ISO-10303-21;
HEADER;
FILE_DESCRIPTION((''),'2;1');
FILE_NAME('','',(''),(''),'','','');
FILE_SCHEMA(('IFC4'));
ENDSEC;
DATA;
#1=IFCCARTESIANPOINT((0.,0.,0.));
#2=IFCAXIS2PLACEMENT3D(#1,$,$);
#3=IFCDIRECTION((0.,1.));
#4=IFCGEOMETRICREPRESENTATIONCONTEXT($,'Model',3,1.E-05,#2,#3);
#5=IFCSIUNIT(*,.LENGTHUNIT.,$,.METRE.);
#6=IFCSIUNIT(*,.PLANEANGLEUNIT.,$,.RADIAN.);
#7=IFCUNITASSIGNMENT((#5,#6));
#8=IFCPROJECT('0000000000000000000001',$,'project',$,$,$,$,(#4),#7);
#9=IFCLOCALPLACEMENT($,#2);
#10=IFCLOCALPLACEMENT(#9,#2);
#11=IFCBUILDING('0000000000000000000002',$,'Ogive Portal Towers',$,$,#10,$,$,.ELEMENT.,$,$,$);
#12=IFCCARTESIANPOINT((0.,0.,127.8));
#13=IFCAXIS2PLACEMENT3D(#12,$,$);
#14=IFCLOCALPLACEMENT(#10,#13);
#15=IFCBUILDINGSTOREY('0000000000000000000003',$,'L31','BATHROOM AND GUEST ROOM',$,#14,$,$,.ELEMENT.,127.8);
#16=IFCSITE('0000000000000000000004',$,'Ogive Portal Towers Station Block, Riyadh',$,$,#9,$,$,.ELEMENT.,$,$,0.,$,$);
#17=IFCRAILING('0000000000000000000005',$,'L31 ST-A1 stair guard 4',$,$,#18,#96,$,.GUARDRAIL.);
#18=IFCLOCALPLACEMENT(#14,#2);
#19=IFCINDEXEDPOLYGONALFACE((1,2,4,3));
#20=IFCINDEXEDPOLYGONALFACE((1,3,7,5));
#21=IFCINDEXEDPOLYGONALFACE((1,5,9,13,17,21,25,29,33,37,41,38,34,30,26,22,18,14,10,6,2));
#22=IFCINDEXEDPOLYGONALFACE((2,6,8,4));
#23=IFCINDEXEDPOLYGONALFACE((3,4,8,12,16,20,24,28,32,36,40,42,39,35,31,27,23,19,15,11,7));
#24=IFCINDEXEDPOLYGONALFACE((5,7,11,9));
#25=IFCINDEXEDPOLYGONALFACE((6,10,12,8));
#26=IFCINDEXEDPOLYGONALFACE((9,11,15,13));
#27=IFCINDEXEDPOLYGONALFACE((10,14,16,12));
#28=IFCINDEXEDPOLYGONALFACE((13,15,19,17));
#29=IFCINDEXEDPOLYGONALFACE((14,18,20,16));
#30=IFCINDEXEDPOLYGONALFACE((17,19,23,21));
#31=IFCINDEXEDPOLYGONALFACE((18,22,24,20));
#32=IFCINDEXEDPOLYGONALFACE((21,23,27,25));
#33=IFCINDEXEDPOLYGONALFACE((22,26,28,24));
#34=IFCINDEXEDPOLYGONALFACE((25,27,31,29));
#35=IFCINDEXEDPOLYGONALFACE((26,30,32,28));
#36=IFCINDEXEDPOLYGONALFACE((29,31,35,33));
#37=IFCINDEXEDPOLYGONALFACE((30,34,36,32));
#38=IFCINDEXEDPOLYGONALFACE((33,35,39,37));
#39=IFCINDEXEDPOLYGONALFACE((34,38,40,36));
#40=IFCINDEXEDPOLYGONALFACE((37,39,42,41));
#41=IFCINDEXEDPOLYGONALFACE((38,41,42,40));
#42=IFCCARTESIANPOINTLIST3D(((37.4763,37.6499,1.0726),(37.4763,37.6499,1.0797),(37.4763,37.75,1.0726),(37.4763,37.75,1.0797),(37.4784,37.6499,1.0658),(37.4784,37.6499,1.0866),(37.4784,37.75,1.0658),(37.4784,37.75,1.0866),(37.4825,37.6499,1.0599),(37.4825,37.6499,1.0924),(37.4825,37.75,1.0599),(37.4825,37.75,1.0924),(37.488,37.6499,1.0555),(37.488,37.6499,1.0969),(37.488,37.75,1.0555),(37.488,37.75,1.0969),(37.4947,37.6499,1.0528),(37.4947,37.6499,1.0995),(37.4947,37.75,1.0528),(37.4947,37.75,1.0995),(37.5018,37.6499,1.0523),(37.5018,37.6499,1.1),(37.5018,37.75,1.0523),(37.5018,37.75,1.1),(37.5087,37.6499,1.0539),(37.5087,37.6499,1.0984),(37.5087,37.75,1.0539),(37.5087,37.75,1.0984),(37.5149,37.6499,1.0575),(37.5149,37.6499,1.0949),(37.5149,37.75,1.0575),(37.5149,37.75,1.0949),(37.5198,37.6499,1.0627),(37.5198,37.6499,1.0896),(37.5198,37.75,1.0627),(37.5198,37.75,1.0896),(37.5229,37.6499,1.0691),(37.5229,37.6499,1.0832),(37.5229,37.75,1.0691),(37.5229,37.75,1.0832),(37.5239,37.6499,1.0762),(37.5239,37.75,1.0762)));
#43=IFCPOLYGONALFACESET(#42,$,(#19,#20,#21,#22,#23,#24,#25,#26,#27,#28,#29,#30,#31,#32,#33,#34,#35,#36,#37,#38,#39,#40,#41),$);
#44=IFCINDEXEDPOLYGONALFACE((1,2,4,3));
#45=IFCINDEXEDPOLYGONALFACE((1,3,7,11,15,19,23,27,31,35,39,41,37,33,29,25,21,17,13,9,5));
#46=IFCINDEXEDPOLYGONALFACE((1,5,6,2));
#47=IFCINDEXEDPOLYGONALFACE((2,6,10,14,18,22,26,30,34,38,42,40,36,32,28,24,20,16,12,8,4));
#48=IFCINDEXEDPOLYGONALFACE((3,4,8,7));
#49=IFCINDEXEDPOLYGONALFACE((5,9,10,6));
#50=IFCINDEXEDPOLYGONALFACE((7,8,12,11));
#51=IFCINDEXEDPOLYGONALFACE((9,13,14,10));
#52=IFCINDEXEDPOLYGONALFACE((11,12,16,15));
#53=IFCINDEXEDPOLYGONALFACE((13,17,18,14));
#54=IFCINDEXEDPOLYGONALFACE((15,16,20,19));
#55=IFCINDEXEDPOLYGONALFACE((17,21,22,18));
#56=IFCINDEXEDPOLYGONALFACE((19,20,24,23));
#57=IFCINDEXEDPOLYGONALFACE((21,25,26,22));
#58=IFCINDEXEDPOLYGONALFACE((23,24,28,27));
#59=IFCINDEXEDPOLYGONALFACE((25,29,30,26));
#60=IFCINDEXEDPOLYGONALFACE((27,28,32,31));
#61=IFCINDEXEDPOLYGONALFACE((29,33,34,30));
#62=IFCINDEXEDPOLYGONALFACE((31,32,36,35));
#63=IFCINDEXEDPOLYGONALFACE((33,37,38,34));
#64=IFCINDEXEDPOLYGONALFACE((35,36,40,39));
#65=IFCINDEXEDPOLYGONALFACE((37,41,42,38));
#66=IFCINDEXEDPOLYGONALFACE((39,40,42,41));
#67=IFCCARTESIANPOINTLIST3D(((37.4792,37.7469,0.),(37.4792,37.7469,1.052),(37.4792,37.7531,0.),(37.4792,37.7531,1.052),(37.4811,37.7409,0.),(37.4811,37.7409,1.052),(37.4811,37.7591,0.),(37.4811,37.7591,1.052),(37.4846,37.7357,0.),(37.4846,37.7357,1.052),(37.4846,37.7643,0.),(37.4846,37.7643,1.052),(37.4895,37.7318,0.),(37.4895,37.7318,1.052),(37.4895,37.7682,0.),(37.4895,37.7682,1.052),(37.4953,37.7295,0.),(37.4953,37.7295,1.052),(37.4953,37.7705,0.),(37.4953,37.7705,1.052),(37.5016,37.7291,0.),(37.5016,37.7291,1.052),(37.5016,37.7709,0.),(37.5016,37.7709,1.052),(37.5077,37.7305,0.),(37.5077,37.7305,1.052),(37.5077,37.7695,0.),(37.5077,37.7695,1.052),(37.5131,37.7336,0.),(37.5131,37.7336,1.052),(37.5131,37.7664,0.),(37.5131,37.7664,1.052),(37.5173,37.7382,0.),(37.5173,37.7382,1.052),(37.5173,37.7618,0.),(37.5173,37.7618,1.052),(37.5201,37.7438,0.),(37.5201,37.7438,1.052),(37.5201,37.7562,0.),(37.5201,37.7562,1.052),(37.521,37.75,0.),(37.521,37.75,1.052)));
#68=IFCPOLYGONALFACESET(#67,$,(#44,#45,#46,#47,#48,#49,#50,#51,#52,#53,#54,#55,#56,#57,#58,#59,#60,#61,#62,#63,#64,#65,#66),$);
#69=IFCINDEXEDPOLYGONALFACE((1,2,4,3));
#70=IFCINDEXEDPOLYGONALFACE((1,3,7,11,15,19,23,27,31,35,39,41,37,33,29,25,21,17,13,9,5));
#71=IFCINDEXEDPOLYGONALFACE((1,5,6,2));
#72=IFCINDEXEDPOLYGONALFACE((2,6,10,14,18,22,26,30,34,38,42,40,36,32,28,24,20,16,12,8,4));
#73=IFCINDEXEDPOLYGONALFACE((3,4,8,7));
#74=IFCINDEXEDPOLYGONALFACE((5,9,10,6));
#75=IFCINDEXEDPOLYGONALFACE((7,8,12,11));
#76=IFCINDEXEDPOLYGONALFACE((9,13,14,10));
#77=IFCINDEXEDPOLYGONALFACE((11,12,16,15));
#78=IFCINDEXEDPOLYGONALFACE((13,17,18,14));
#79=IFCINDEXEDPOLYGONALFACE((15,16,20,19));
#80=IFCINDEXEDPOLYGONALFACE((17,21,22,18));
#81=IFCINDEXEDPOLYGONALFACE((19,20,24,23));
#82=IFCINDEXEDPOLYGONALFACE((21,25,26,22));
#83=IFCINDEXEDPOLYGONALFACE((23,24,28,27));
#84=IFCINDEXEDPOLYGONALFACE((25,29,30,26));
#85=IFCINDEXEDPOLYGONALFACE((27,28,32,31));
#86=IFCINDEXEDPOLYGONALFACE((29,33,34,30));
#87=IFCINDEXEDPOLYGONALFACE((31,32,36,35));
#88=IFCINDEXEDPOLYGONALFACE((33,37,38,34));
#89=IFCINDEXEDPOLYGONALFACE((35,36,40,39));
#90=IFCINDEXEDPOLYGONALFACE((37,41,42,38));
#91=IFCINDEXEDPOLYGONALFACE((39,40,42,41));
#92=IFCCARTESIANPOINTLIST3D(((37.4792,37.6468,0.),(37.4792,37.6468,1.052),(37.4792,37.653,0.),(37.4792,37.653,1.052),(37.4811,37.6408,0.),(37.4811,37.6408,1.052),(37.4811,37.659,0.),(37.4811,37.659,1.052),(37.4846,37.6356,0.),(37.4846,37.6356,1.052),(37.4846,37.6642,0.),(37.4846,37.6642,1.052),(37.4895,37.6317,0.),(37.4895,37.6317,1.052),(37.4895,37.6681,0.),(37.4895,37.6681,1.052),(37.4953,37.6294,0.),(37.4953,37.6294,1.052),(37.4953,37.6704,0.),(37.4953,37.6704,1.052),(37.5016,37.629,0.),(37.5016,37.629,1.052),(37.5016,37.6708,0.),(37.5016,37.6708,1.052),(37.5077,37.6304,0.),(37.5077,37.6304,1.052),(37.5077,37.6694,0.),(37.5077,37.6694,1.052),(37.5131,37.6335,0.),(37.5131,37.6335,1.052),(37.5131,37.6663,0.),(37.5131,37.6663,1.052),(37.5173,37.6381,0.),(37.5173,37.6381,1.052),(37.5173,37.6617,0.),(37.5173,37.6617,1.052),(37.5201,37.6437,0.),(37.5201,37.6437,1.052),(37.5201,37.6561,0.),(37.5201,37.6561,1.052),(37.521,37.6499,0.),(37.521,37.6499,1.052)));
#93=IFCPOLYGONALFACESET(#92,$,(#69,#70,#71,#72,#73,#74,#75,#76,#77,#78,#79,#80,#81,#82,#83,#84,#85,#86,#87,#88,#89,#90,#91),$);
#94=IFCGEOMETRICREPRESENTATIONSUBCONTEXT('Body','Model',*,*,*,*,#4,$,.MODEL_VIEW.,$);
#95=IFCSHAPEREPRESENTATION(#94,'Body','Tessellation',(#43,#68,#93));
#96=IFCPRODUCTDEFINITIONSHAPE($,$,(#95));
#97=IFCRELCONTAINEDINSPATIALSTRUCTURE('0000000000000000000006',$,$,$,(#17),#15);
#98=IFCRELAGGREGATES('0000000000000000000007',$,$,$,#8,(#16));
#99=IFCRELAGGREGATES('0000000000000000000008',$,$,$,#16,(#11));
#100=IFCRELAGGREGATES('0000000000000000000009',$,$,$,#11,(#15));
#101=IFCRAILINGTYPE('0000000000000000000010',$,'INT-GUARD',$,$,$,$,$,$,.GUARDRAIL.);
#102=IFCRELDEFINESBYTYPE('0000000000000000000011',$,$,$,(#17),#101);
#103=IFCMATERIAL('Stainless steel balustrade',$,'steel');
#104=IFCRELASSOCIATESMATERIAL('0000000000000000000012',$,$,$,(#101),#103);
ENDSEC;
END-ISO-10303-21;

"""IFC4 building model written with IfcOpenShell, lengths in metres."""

from ifc_helpers import new_model, si_unit, direction, frame, origin, origin_2d, place, context, subcontext, project, spatial, circle, extrude, material, type_object, element, save


model = new_model("IFC4")

# Units and contexts
model_context = context("Model", 3, precision=1e-05, world=origin(), true_north=direction((0.0, 1.0)))
body_context = subcontext(model_context, "Body", "Model", "MODEL_VIEW")
ifc_project = project(units=[si_unit("LENGTHUNIT", "METRE"), si_unit("PLANEANGLEUNIT", "RADIAN")], contexts=[model_context])

# Site, building, storey
site_placement = place(None, origin())
site = spatial("IfcSite", under=ifc_project, at=site_placement, Name="Ogive Portal Towers Station Block, Riyadh", CompositionType="ELEMENT", RefElevation=0.0)
building_placement = place(site_placement, origin())
building = spatial("IfcBuilding", under=site, at=building_placement, Name="Ogive Portal Towers", CompositionType="ELEMENT")
storey_placement = place(building_placement, frame((0.0, 0.0, 127.8)))
storey = spatial("IfcBuildingStorey", under=building, at=storey_placement, Name="L31", Description="BATHROOM AND GUEST ROOM", CompositionType="ELEMENT", Elevation=127.8)

# Railing
ifc_material_1 = material(Name="Stainless steel balustrade", Category="steel")
railing_type_1 = type_object("IfcRailingType", Name="INT-GUARD", PredefinedType="GUARDRAIL", material=ifc_material_1)
railing_1_placement = place(storey_placement, frame((37.5, 37.75, 0.0)))
element("IfcRailing", 1, at=railing_1_placement, inside=storey, type_object=railing_type_1, Name="L31 ST-A1 stair guard 4", PredefinedType="GUARDRAIL", context=body_context, shape_type="SweptSolid", body=[
    extrude(circle(Radius=0.0239, at=origin_2d()), frame((0.0, 0.0, 1.0762), z_axis=(0.0, -1.0, 0.0), x_axis=(1.0, 0.0, 0.0)), (0.0, 0.0, 1.0), 0.1001),
    extrude(circle(Radius=0.021, at=origin_2d()), origin(), (0.0, 0.0, 1.0), 1.052),
    extrude(circle(Radius=0.021, at=origin_2d()), frame((0.0, -0.1001, 0.0)), (0.0, 0.0, 1.0), 1.052),
])

save(model, "model.ifc")
